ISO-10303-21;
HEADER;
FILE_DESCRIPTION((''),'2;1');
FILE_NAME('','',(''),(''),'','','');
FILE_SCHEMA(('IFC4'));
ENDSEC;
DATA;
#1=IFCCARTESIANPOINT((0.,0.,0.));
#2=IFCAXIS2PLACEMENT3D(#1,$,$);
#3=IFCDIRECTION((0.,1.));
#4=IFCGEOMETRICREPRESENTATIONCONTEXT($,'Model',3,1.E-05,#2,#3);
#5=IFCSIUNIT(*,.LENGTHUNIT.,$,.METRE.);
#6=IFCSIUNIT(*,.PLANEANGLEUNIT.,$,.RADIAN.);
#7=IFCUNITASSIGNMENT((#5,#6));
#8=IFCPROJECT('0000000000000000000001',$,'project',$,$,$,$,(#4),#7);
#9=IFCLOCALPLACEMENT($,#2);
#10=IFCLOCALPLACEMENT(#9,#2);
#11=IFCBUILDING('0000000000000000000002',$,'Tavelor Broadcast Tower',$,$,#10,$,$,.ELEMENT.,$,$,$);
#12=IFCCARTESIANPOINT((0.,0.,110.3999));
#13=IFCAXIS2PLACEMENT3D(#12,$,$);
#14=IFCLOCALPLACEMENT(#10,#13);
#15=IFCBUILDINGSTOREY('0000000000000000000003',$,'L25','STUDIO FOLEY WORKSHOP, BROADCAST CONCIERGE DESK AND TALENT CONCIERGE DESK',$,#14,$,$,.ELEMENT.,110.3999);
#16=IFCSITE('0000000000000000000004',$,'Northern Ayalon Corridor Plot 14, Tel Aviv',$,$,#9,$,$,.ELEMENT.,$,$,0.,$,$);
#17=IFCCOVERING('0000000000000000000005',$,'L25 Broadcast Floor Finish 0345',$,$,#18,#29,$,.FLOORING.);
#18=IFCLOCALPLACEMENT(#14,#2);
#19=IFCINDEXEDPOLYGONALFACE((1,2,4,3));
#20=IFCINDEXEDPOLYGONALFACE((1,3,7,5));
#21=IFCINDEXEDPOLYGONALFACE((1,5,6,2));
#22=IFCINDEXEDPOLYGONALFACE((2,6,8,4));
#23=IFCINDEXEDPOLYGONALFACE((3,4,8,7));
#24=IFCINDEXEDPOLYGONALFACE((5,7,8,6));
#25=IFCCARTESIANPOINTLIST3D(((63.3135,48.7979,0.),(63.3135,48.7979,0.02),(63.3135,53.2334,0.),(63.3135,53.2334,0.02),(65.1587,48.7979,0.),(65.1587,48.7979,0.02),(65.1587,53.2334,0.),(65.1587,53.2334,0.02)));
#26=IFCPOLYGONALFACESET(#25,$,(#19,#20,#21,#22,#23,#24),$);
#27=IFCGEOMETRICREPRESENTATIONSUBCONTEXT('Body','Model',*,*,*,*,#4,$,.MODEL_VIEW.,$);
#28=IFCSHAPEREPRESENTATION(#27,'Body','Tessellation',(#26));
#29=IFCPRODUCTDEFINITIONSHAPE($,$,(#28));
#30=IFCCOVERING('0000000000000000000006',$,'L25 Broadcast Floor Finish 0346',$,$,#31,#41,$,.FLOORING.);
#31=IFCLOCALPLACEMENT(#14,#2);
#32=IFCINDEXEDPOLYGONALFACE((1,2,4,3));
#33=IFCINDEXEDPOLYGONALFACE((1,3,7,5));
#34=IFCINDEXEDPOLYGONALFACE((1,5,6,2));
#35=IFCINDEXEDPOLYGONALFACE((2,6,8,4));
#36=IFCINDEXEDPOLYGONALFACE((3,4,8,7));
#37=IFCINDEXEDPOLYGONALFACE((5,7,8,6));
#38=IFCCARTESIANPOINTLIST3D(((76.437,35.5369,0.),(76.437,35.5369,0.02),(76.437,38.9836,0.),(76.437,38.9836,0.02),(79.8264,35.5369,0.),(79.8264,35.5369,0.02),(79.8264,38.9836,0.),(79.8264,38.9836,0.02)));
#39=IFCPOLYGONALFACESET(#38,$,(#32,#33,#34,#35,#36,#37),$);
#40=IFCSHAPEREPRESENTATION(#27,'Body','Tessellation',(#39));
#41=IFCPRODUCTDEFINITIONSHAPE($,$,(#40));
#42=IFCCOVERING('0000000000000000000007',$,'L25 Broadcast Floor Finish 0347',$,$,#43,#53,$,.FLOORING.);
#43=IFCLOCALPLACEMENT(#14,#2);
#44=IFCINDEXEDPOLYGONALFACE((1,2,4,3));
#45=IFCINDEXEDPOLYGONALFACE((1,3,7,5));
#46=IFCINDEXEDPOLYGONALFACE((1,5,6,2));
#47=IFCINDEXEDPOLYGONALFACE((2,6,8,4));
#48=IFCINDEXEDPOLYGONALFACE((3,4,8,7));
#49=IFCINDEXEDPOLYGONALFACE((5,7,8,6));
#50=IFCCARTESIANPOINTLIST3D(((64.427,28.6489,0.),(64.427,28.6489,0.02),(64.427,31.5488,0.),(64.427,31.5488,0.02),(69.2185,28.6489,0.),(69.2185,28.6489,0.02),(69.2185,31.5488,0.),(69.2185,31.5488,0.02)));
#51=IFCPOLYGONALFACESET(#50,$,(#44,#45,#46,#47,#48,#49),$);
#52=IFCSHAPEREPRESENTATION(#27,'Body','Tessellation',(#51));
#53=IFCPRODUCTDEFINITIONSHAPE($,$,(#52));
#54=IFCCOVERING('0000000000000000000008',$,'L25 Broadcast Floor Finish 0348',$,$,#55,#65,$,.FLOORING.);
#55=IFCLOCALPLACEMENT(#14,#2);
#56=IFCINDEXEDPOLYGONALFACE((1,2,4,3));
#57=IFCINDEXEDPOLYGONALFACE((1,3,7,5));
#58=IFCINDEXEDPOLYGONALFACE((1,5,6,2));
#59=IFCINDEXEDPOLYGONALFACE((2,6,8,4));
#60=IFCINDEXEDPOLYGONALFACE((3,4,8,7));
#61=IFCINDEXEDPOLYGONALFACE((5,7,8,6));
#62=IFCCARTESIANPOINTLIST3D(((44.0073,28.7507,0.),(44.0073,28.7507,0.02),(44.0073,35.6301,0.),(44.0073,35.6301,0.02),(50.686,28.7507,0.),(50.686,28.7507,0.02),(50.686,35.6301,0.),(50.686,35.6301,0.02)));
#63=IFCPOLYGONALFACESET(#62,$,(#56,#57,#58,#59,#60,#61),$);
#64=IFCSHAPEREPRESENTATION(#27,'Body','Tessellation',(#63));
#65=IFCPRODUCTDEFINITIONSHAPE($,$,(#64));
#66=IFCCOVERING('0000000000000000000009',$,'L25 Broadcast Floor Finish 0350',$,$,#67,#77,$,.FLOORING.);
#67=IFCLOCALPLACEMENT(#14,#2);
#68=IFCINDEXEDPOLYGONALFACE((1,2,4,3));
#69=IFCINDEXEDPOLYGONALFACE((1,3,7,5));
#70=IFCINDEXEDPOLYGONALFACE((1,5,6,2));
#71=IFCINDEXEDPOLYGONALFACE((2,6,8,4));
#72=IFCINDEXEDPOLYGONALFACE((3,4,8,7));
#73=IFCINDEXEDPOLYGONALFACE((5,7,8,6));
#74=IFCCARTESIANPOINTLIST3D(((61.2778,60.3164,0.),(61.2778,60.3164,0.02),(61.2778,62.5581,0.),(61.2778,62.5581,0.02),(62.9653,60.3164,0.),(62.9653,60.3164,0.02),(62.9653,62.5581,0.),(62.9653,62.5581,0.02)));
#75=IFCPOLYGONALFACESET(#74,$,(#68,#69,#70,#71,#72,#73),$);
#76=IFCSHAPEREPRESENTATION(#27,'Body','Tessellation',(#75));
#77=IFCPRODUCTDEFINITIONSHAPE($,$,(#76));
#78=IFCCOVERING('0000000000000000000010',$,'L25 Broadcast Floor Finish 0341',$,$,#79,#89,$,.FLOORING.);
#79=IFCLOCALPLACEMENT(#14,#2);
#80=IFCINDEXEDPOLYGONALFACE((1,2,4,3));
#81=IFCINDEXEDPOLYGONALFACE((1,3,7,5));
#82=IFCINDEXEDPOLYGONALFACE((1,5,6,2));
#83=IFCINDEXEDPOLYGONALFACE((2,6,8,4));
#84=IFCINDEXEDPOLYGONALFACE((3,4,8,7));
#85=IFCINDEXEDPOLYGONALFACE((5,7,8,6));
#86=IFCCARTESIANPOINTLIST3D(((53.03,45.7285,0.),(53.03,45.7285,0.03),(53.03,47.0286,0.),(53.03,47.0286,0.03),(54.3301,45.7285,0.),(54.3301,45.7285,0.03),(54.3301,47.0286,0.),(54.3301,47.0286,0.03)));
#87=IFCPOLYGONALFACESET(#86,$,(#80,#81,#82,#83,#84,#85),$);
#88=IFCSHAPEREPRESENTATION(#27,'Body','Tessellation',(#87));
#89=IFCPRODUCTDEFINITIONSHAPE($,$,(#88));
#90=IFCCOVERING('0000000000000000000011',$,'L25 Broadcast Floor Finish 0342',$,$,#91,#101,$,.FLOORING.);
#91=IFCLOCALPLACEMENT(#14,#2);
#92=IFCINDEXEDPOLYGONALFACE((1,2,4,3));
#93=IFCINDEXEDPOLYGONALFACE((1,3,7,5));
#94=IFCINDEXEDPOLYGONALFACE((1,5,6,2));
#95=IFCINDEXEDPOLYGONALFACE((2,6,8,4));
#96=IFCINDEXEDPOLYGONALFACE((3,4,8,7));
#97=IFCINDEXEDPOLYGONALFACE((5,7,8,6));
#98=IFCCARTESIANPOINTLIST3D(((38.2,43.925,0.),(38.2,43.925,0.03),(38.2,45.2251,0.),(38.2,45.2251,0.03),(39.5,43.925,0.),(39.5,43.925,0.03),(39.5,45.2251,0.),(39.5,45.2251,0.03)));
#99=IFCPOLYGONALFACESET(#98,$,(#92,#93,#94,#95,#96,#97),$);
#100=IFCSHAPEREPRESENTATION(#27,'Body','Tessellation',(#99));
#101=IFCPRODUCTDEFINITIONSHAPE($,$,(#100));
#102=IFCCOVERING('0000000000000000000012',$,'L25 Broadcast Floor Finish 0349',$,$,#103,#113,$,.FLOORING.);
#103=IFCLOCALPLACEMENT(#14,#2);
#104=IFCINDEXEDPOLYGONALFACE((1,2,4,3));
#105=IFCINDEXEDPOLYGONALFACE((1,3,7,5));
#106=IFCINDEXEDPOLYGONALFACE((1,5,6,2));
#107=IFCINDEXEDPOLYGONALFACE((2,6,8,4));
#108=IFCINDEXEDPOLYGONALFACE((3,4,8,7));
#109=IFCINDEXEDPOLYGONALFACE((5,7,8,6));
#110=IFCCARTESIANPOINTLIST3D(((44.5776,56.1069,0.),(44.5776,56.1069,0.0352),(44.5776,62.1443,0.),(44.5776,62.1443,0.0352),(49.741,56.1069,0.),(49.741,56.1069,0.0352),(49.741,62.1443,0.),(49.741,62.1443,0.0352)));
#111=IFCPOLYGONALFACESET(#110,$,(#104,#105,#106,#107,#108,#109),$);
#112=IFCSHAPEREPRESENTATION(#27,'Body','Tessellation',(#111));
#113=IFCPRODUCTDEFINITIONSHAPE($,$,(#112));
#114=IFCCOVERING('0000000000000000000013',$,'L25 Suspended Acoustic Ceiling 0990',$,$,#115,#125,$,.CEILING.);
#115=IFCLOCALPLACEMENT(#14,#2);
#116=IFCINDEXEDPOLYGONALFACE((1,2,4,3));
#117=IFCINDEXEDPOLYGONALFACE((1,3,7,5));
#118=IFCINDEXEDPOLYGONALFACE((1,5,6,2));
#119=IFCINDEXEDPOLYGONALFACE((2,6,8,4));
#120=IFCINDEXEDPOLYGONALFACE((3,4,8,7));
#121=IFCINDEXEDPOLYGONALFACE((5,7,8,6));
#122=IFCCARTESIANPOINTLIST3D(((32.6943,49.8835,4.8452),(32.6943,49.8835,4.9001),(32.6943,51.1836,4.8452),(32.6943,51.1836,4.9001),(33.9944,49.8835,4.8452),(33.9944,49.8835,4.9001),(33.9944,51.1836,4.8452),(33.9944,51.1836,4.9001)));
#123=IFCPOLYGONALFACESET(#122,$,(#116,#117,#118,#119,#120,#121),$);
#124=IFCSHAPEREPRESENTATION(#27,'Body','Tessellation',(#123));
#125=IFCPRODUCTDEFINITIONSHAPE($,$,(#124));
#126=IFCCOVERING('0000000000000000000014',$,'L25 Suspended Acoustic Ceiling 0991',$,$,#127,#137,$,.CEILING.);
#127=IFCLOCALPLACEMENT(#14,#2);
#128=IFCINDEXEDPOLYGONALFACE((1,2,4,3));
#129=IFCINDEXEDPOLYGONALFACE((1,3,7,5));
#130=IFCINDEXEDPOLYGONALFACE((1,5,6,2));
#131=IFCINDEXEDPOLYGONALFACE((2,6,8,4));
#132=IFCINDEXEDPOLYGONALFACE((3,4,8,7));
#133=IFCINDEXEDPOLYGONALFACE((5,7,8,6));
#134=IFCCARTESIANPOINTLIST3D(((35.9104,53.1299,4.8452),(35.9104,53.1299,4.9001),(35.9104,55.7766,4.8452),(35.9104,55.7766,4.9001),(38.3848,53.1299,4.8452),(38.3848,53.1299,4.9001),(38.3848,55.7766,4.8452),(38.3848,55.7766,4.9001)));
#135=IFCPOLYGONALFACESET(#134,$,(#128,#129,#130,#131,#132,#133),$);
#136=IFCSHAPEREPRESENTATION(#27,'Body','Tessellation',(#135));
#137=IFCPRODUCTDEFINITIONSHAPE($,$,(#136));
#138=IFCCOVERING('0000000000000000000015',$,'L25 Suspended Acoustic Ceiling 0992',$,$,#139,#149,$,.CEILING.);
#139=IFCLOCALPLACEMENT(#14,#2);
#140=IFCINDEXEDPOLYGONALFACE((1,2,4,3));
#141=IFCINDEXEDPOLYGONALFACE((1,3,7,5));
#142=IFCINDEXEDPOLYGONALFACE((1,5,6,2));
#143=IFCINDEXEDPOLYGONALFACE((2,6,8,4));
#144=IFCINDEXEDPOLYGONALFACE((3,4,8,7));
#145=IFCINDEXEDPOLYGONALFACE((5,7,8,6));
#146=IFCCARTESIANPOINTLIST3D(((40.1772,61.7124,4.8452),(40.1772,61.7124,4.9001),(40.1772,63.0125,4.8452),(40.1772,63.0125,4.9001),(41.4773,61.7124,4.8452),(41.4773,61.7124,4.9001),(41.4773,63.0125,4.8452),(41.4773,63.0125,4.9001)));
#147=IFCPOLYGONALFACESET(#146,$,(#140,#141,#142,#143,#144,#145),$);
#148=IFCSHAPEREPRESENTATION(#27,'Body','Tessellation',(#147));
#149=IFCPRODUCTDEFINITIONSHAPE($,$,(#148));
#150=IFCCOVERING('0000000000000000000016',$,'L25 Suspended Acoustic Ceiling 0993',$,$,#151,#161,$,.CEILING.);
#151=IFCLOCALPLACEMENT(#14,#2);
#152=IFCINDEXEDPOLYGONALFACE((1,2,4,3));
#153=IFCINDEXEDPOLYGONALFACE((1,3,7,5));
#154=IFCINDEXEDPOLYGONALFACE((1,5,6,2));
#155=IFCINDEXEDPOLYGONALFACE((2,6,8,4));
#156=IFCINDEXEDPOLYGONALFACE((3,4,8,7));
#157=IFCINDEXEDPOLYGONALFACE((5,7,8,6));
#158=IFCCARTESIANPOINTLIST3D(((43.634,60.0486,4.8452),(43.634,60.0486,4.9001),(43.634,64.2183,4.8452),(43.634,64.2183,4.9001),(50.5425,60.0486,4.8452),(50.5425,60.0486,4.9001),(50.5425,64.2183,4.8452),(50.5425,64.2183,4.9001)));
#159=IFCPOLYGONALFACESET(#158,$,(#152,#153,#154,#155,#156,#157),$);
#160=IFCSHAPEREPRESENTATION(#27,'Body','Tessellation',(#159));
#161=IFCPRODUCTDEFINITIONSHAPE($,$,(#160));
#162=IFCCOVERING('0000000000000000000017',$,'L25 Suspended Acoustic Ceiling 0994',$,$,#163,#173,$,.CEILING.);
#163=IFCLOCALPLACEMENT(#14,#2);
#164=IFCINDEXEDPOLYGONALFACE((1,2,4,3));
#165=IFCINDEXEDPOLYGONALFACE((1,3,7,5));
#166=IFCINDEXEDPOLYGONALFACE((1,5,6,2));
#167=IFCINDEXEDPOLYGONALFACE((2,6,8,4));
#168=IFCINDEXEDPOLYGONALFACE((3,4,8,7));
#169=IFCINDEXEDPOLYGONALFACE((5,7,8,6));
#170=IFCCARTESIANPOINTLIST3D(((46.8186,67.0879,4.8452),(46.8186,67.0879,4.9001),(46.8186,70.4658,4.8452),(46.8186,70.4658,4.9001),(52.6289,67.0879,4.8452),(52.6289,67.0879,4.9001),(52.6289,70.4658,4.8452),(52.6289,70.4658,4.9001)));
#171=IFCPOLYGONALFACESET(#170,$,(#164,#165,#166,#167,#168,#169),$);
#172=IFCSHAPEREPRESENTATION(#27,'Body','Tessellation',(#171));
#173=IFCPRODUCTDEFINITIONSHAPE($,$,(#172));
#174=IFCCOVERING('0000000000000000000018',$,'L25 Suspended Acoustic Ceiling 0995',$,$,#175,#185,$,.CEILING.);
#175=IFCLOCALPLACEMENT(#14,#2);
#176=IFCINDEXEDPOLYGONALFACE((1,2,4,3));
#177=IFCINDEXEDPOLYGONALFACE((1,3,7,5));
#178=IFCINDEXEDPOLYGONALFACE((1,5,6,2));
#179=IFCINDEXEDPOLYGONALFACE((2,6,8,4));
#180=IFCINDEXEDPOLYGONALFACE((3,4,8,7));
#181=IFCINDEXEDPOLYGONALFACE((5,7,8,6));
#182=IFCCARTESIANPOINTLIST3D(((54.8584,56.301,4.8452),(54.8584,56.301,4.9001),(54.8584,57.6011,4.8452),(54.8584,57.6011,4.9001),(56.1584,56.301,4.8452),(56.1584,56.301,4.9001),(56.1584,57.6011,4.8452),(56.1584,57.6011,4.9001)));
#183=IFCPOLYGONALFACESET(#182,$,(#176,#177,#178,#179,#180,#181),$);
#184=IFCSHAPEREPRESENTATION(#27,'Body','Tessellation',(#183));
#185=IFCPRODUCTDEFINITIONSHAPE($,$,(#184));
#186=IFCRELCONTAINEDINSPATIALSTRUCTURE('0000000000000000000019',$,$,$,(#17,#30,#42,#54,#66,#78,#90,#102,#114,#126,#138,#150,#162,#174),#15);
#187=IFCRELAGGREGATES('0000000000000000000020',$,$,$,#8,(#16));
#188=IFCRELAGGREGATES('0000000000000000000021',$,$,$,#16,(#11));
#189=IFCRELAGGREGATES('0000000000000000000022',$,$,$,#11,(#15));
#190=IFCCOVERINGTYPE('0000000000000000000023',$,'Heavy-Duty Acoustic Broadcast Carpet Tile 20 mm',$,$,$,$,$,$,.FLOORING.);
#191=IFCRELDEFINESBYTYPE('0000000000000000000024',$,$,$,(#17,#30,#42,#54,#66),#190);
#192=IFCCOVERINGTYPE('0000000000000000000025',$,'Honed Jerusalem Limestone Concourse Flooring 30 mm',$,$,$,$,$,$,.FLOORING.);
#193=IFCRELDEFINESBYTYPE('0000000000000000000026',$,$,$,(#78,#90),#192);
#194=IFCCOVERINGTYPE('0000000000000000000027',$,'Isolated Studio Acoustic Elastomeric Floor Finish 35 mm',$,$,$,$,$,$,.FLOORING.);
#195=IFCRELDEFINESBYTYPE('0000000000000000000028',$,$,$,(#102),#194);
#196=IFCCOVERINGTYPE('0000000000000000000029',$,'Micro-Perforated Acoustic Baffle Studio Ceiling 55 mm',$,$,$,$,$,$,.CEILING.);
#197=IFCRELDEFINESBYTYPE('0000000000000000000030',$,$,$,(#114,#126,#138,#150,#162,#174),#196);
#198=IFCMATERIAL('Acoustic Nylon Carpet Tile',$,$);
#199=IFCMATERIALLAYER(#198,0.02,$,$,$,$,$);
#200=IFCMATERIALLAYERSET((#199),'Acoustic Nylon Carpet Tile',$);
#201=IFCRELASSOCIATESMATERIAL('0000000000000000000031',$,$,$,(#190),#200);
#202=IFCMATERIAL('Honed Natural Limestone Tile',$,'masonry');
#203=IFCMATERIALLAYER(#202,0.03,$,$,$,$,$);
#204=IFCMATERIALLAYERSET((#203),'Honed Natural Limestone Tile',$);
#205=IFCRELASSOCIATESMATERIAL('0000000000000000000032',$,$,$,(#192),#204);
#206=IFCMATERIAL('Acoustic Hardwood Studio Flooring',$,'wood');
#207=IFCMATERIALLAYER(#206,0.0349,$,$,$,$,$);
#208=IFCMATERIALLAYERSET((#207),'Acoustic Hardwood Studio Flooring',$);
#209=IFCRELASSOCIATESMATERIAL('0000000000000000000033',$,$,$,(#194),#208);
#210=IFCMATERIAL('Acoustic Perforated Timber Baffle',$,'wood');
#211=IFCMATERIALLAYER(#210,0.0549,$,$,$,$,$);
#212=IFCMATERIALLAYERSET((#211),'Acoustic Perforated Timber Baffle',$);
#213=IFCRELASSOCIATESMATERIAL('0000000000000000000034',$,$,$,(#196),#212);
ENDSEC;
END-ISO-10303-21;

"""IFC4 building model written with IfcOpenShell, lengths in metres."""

from ifc_helpers import new_model, si_unit, direction, frame, origin, place, context, subcontext, project, spatial, polyline, outline, extrude, material, layer, layer_set, type_object, element, save


model = new_model("IFC4")

# Units and contexts
model_context = context("Model", 3, precision=1e-05, world=origin(), true_north=direction((0.0, 1.0)))
body_context = subcontext(model_context, "Body", "Model", "MODEL_VIEW")
ifc_project = project(units=[si_unit("LENGTHUNIT", "METRE"), si_unit("PLANEANGLEUNIT", "RADIAN")], contexts=[model_context])

# Site, building, storey
site_placement = place(None, origin())
site = spatial("IfcSite", under=ifc_project, at=site_placement, Name="Northern Ayalon Corridor Plot 14, Tel Aviv", CompositionType="ELEMENT", RefElevation=0.0)
building_placement = place(site_placement, origin())
building = spatial("IfcBuilding", under=site, at=building_placement, Name="Tavelor Broadcast Tower", CompositionType="ELEMENT")
storey_placement = place(building_placement, frame((0.0, 0.0, 110.3999)))
storey = spatial("IfcBuildingStorey", under=building, at=storey_placement, Name="L25", Description="STUDIO FOLEY WORKSHOP, BROADCAST CONCIERGE DESK AND TALENT CONCIERGE DESK", CompositionType="ELEMENT", Elevation=110.3999)

# Coverings
ifc_material_1 = material(Name="Acoustic Nylon Carpet Tile")
ifc_layer_1 = layer(ifc_material_1, 0.02)
ifc_layer_set_1 = layer_set([ifc_layer_1], Name="Acoustic Nylon Carpet Tile")
covering_type_1 = type_object("IfcCoveringType", Name="Heavy-Duty Acoustic Broadcast Carpet Tile 20 mm", PredefinedType="FLOORING", material=ifc_layer_set_1)
covering_1_placement = place(storey_placement, origin())
element("IfcCovering", 1, at=covering_1_placement, inside=storey, type_object=covering_type_1, Name="L25 Broadcast Floor Finish 0345", PredefinedType="FLOORING", context=body_context, shape_type="SweptSolid", body=[
    extrude(outline(polyline([(63.3135, 48.7979), (65.1587, 48.7979), (65.1587, 53.2334), (63.3135, 53.2334), (63.3135, 48.7979)])), origin(), (0.0, 0.0, 1.0), 0.02),
])
covering_2_placement = place(storey_placement, origin())
element("IfcCovering", 2, at=covering_2_placement, inside=storey, type_object=covering_type_1, Name="L25 Broadcast Floor Finish 0346", PredefinedType="FLOORING", context=body_context, shape_type="SweptSolid", body=[
    extrude(outline(polyline([(76.437, 35.5369), (79.8264, 35.5369), (79.8264, 38.9836), (76.437, 38.9836), (76.437, 35.5369)])), origin(), (0.0, 0.0, 1.0), 0.02),
])
covering_3_placement = place(storey_placement, origin())
element("IfcCovering", 3, at=covering_3_placement, inside=storey, type_object=covering_type_1, Name="L25 Broadcast Floor Finish 0347", PredefinedType="FLOORING", context=body_context, shape_type="SweptSolid", body=[
    extrude(outline(polyline([(64.427, 28.6489), (69.2185, 28.6489), (69.2185, 31.5488), (64.427, 31.5488), (64.427, 28.6489)])), origin(), (0.0, 0.0, 1.0), 0.02),
])
covering_4_placement = place(storey_placement, origin())
element("IfcCovering", 4, at=covering_4_placement, inside=storey, type_object=covering_type_1, Name="L25 Broadcast Floor Finish 0348", PredefinedType="FLOORING", context=body_context, shape_type="SweptSolid", body=[
    extrude(outline(polyline([(44.0073, 28.7507), (50.686, 28.7507), (50.686, 35.6301), (44.0073, 35.6301), (44.0073, 28.7507)])), origin(), (0.0, 0.0, 1.0), 0.02),
])
covering_5_placement = place(storey_placement, origin())
element("IfcCovering", 5, at=covering_5_placement, inside=storey, type_object=covering_type_1, Name="L25 Broadcast Floor Finish 0350", PredefinedType="FLOORING", context=body_context, shape_type="SweptSolid", body=[
    extrude(outline(polyline([(61.2778, 60.3164), (62.9653, 60.3164), (62.9653, 62.5581), (61.2778, 62.5581), (61.2778, 60.3164)])), origin(), (0.0, 0.0, 1.0), 0.02),
])
ifc_material_2 = material(Name="Honed Natural Limestone Tile", Category="masonry")
ifc_layer_2 = layer(ifc_material_2, 0.03)
ifc_layer_set_2 = layer_set([ifc_layer_2], Name="Honed Natural Limestone Tile")
covering_type_2 = type_object("IfcCoveringType", Name="Honed Jerusalem Limestone Concourse Flooring 30 mm", PredefinedType="FLOORING", material=ifc_layer_set_2)
covering_6_placement = place(storey_placement, origin())
element("IfcCovering", 6, at=covering_6_placement, inside=storey, type_object=covering_type_2, Name="L25 Broadcast Floor Finish 0341", PredefinedType="FLOORING", context=body_context, shape_type="SweptSolid", body=[
    extrude(outline(polyline([(53.03, 45.7285), (54.3301, 45.7285), (54.3301, 47.0286), (53.03, 47.0286), (53.03, 45.7285)])), origin(), (0.0, 0.0, 1.0), 0.03),
])
covering_7_placement = place(storey_placement, origin())
element("IfcCovering", 7, at=covering_7_placement, inside=storey, type_object=covering_type_2, Name="L25 Broadcast Floor Finish 0342", PredefinedType="FLOORING", context=body_context, shape_type="SweptSolid", body=[
    extrude(outline(polyline([(38.2, 43.925), (39.5, 43.925), (39.5, 45.2251), (38.2, 45.2251), (38.2, 43.925)])), origin(), (0.0, 0.0, 1.0), 0.03),
])
ifc_material_3 = material(Name="Acoustic Hardwood Studio Flooring", Category="wood")
ifc_layer_3 = layer(ifc_material_3, 0.0349)
ifc_layer_set_3 = layer_set([ifc_layer_3], Name="Acoustic Hardwood Studio Flooring")
covering_type_3 = type_object("IfcCoveringType", Name="Isolated Studio Acoustic Elastomeric Floor Finish 35 mm", PredefinedType="FLOORING", material=ifc_layer_set_3)
covering_8_placement = place(storey_placement, origin())
element("IfcCovering", 8, at=covering_8_placement, inside=storey, type_object=covering_type_3, Name="L25 Broadcast Floor Finish 0349", PredefinedType="FLOORING", context=body_context, shape_type="SweptSolid", body=[
    extrude(outline(polyline([(44.5776, 56.1069), (49.741, 56.1069), (49.741, 62.1443), (44.5776, 62.1443), (44.5776, 56.1069)])), origin(), (0.0, 0.0, 1.0), 0.0352),
])
ifc_material_4 = material(Name="Acoustic Perforated Timber Baffle", Category="wood")
ifc_layer_4 = layer(ifc_material_4, 0.0549)
ifc_layer_set_4 = layer_set([ifc_layer_4], Name="Acoustic Perforated Timber Baffle")
covering_type_4 = type_object("IfcCoveringType", Name="Micro-Perforated Acoustic Baffle Studio Ceiling 55 mm", PredefinedType="CEILING", material=ifc_layer_set_4)
covering_9_placement = place(storey_placement, frame((0.0, 0.0, 4.8452)))
element("IfcCovering", 9, at=covering_9_placement, inside=storey, type_object=covering_type_4, Name="L25 Suspended Acoustic Ceiling 0990", PredefinedType="CEILING", context=body_context, shape_type="SweptSolid", body=[
    extrude(outline(polyline([(32.6943, 49.8835), (33.9944, 49.8835), (33.9944, 51.1836), (32.6943, 51.1836), (32.6943, 49.8835)])), origin(), (0.0, 0.0, 1.0), 0.0549),
])
covering_10_placement = place(storey_placement, frame((0.0, 0.0, 4.8452)))
element("IfcCovering", 10, at=covering_10_placement, inside=storey, type_object=covering_type_4, Name="L25 Suspended Acoustic Ceiling 0991", PredefinedType="CEILING", context=body_context, shape_type="SweptSolid", body=[
    extrude(outline(polyline([(35.9104, 53.1299), (38.3848, 53.1299), (38.3848, 55.7766), (35.9104, 55.7766), (35.9104, 53.1299)])), origin(), (0.0, 0.0, 1.0), 0.0549),
])
covering_11_placement = place(storey_placement, frame((0.0, 0.0, 4.8452)))
element("IfcCovering", 11, at=covering_11_placement, inside=storey, type_object=covering_type_4, Name="L25 Suspended Acoustic Ceiling 0992", PredefinedType="CEILING", context=body_context, shape_type="SweptSolid", body=[
    extrude(outline(polyline([(40.1772, 61.7124), (41.4773, 61.7124), (41.4773, 63.0125), (40.1772, 63.0125), (40.1772, 61.7124)])), origin(), (0.0, 0.0, 1.0), 0.0549),
])
covering_12_placement = place(storey_placement, frame((0.0, 0.0, 4.8452)))
element("IfcCovering", 12, at=covering_12_placement, inside=storey, type_object=covering_type_4, Name="L25 Suspended Acoustic Ceiling 0993", PredefinedType="CEILING", context=body_context, shape_type="SweptSolid", body=[
    extrude(outline(polyline([(43.634, 60.0486), (50.5425, 60.0486), (50.5425, 64.2183), (43.634, 64.2183), (43.634, 60.0486)])), origin(), (0.0, 0.0, 1.0), 0.0549),
])
covering_13_placement = place(storey_placement, frame((0.0, 0.0, 4.8452)))
element("IfcCovering", 13, at=covering_13_placement, inside=storey, type_object=covering_type_4, Name="L25 Suspended Acoustic Ceiling 0994", PredefinedType="CEILING", context=body_context, shape_type="SweptSolid", body=[
    extrude(outline(polyline([(46.8186, 67.0879), (52.6289, 67.0879), (52.6289, 70.4658), (46.8186, 70.4658), (46.8186, 67.0879)])), origin(), (0.0, 0.0, 1.0), 0.0549),
])
covering_14_placement = place(storey_placement, frame((0.0, 0.0, 4.8452)))
element("IfcCovering", 14, at=covering_14_placement, inside=storey, type_object=covering_type_4, Name="L25 Suspended Acoustic Ceiling 0995", PredefinedType="CEILING", context=body_context, shape_type="SweptSolid", body=[
    extrude(outline(polyline([(54.8584, 56.301), (56.1584, 56.301), (56.1584, 57.6011), (54.8584, 57.6011), (54.8584, 56.301)])), origin(), (0.0, 0.0, 1.0), 0.0549),
])

save(model, "model.ifc")
